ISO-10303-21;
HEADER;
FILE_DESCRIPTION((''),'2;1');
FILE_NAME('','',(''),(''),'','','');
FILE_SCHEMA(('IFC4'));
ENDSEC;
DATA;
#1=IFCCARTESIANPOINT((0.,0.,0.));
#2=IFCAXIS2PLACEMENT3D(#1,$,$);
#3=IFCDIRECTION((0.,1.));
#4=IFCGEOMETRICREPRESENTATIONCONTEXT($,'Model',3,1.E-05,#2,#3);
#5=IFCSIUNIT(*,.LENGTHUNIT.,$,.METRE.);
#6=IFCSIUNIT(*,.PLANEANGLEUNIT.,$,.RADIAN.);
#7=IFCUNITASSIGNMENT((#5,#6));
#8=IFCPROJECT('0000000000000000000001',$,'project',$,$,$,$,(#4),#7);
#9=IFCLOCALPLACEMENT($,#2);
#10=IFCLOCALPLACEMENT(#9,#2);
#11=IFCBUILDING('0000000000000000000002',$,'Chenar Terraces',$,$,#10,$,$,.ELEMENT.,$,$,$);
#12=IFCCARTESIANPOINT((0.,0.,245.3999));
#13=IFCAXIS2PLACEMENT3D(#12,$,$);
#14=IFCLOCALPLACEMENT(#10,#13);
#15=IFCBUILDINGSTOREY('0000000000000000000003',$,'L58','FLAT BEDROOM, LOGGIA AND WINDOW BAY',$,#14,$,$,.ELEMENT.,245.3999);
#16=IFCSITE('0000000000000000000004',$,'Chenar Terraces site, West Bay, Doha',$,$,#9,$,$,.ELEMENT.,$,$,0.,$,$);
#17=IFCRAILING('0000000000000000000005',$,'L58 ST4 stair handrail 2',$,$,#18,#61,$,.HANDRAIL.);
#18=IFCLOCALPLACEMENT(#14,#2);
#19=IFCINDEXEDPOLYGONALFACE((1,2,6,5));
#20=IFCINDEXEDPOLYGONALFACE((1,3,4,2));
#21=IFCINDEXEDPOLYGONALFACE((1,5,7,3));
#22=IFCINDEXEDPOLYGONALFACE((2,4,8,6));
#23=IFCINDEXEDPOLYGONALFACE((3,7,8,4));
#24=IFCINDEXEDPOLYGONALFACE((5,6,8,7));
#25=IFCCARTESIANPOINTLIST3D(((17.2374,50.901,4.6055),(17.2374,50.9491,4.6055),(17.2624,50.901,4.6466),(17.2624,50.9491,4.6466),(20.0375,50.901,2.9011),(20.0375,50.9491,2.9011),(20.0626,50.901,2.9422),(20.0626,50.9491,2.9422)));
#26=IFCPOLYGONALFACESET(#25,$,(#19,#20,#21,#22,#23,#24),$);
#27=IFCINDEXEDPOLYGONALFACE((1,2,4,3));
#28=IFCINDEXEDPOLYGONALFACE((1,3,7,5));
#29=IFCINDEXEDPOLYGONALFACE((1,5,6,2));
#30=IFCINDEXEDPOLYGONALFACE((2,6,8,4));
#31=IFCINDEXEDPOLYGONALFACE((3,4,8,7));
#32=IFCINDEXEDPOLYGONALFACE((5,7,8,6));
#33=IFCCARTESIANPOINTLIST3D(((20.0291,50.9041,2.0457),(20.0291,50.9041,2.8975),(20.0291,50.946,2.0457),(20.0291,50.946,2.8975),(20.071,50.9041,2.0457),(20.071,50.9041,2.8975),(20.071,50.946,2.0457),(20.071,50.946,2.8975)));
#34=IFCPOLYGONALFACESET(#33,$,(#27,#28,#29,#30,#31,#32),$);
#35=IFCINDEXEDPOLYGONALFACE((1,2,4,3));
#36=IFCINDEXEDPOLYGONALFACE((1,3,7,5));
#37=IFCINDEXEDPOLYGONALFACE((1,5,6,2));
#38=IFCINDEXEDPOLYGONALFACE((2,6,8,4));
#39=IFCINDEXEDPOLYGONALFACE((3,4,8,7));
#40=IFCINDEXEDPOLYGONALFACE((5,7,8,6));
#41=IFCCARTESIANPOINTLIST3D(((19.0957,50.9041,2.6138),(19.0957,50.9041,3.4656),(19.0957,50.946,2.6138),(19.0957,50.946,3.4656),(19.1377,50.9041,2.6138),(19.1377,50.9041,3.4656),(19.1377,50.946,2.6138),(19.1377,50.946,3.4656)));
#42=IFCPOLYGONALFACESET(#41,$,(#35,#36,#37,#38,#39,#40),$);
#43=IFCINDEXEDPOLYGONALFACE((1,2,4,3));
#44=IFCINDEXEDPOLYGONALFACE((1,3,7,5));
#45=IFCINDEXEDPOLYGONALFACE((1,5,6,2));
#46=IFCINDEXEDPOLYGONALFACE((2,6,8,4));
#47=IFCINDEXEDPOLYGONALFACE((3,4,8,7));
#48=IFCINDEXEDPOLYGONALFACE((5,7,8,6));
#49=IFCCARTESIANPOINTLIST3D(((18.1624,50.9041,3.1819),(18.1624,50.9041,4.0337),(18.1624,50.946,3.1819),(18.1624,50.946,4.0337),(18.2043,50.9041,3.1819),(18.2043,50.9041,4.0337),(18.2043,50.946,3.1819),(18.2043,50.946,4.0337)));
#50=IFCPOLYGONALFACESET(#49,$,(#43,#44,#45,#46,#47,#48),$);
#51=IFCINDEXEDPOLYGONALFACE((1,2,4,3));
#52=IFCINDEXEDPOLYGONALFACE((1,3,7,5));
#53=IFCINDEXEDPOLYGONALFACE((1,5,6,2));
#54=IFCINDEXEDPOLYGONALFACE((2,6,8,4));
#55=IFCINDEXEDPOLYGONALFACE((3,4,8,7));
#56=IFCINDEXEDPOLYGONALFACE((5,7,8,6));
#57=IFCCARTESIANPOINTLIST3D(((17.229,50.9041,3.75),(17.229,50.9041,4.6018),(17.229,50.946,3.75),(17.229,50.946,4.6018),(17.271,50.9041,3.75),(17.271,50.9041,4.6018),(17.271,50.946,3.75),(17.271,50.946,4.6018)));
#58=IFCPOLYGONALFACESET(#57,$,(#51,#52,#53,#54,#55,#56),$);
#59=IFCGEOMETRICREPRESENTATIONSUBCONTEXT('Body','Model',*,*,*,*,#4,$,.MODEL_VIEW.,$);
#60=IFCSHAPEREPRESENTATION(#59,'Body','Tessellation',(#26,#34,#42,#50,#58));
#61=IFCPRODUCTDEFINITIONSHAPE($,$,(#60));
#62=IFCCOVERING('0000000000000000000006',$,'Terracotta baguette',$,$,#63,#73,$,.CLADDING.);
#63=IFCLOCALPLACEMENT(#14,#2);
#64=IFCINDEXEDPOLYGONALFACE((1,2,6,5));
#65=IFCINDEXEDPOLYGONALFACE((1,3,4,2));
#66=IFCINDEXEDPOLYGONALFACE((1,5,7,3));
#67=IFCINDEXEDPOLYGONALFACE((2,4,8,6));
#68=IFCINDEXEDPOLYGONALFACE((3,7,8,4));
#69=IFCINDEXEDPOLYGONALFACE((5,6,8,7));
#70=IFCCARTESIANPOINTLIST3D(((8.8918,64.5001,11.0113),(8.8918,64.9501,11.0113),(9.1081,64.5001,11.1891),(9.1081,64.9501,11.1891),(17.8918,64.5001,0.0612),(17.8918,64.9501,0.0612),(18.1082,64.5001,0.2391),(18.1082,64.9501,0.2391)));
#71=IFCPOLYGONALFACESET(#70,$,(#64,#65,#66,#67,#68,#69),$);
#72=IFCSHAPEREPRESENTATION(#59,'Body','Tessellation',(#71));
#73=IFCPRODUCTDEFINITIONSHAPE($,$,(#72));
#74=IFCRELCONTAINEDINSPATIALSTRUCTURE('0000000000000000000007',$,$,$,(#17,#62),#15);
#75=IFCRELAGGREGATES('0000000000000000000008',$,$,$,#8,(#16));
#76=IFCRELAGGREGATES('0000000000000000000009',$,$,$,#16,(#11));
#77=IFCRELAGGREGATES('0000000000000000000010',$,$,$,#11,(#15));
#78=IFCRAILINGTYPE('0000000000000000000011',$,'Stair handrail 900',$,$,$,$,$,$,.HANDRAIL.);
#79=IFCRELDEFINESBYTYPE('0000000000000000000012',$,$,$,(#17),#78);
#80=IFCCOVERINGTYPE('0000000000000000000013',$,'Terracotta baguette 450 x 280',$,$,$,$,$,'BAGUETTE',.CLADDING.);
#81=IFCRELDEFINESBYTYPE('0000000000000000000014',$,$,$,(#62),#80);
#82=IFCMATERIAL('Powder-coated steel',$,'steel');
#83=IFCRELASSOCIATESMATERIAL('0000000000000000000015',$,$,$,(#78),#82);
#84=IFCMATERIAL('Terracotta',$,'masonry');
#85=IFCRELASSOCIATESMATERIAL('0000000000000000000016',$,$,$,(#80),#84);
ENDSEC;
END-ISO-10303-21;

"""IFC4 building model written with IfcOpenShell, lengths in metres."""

from ifc_helpers import new_model, si_unit, direction, frame, origin, origin_2d, place, context, subcontext, project, spatial, rectangle, extrude, material, material_profile, profile_set, type_object, element, save


model = new_model("IFC4")

# Units and contexts
model_context = context("Model", 3, precision=1e-05, world=origin(), true_north=direction((0.0, 1.0)))
body_context = subcontext(model_context, "Body", "Model", "MODEL_VIEW")
ifc_project = project(units=[si_unit("LENGTHUNIT", "METRE"), si_unit("PLANEANGLEUNIT", "RADIAN")], contexts=[model_context])

# Site, building, storey
site_placement = place(None, origin())
site = spatial("IfcSite", under=ifc_project, at=site_placement, Name="Chenar Terraces site, West Bay, Doha", CompositionType="ELEMENT", RefElevation=0.0)
building_placement = place(site_placement, origin())
building = spatial("IfcBuilding", under=site, at=building_placement, Name="Chenar Terraces", CompositionType="ELEMENT")
storey_placement = place(building_placement, frame((0.0, 0.0, 245.3999)))
storey = spatial("IfcBuildingStorey", under=building, at=storey_placement, Name="L58", Description="FLAT BEDROOM, LOGGIA AND WINDOW BAY", CompositionType="ELEMENT", Elevation=245.3999)

# Railing
ifc_material_1 = material(Name="Powder-coated steel", Category="steel")
railing_type_1 = type_object("IfcRailingType", Name="Stair handrail 900", PredefinedType="HANDRAIL", material=ifc_material_1)
railing_1_placement = place(storey_placement, frame((20.05, 50.925, 2.0457)))
element("IfcRailing", 1, at=railing_1_placement, inside=storey, type_object=railing_type_1, Name="L58 ST4 stair handrail 2", PredefinedType="HANDRAIL", context=body_context, shape_type="SweptSolid", body=[
    extrude(rectangle(XDim=0.0481, YDim=0.0481, at=origin_2d()), frame((0.0, 0.0, 0.876), z_axis=(-0.854203, 0.0, 0.51994), x_axis=(0.0, -1.0, 0.0)), (0.0, 0.0, 1.0), 3.2781),
    extrude(rectangle(XDim=0.042, YDim=0.042, at=origin_2d()), origin(), (0.0, 0.0, 1.0), 0.8518),
    extrude(rectangle(XDim=0.042, YDim=0.042, at=origin_2d()), frame((-0.9333, 0.0, 0.5681)), (0.0, 0.0, 1.0), 0.8518),
    extrude(rectangle(XDim=0.042, YDim=0.042, at=origin_2d()), frame((-1.8667, 0.0, 1.1362)), (0.0, 0.0, 1.0), 0.8518),
    extrude(rectangle(XDim=0.042, YDim=0.042, at=origin_2d()), frame((-2.8, 0.0, 1.7043)), (0.0, 0.0, 1.0), 0.8518),
])

# Covering
ifc_material_2 = material(Name="Terracotta", Category="masonry")
ifc_material_profile_1 = material_profile(ifc_material_2, rectangle(XDim=0.45, YDim=0.28, at=origin_2d()), Name="Terracotta baguette 450 x 280")
ifc_profile_set_1 = profile_set([ifc_material_profile_1], Name="Terracotta")
covering_type = type_object("IfcCoveringType", Name="Terracotta baguette 450 x 280", ElementType="BAGUETTE", PredefinedType="CLADDING", material=ifc_profile_set_1)
covering_placement = place(storey_placement, frame((18.0, 64.7251, 0.1501), z_axis=(-0.634967, 0.0, 0.772539), x_axis=(0.0, -1.0, 0.0)))
element("IfcCovering", 2, at=covering_placement, inside=storey, type_object=covering_type, Name="Terracotta baguette", PredefinedType="CLADDING", context=body_context, shape_type="SweptSolid", body=[
    extrude(rectangle(XDim=0.45, YDim=0.28, at=origin_2d()), origin(), (0.0, 0.0, 1.0), 14.1741),
])

save(model, "model.ifc")
